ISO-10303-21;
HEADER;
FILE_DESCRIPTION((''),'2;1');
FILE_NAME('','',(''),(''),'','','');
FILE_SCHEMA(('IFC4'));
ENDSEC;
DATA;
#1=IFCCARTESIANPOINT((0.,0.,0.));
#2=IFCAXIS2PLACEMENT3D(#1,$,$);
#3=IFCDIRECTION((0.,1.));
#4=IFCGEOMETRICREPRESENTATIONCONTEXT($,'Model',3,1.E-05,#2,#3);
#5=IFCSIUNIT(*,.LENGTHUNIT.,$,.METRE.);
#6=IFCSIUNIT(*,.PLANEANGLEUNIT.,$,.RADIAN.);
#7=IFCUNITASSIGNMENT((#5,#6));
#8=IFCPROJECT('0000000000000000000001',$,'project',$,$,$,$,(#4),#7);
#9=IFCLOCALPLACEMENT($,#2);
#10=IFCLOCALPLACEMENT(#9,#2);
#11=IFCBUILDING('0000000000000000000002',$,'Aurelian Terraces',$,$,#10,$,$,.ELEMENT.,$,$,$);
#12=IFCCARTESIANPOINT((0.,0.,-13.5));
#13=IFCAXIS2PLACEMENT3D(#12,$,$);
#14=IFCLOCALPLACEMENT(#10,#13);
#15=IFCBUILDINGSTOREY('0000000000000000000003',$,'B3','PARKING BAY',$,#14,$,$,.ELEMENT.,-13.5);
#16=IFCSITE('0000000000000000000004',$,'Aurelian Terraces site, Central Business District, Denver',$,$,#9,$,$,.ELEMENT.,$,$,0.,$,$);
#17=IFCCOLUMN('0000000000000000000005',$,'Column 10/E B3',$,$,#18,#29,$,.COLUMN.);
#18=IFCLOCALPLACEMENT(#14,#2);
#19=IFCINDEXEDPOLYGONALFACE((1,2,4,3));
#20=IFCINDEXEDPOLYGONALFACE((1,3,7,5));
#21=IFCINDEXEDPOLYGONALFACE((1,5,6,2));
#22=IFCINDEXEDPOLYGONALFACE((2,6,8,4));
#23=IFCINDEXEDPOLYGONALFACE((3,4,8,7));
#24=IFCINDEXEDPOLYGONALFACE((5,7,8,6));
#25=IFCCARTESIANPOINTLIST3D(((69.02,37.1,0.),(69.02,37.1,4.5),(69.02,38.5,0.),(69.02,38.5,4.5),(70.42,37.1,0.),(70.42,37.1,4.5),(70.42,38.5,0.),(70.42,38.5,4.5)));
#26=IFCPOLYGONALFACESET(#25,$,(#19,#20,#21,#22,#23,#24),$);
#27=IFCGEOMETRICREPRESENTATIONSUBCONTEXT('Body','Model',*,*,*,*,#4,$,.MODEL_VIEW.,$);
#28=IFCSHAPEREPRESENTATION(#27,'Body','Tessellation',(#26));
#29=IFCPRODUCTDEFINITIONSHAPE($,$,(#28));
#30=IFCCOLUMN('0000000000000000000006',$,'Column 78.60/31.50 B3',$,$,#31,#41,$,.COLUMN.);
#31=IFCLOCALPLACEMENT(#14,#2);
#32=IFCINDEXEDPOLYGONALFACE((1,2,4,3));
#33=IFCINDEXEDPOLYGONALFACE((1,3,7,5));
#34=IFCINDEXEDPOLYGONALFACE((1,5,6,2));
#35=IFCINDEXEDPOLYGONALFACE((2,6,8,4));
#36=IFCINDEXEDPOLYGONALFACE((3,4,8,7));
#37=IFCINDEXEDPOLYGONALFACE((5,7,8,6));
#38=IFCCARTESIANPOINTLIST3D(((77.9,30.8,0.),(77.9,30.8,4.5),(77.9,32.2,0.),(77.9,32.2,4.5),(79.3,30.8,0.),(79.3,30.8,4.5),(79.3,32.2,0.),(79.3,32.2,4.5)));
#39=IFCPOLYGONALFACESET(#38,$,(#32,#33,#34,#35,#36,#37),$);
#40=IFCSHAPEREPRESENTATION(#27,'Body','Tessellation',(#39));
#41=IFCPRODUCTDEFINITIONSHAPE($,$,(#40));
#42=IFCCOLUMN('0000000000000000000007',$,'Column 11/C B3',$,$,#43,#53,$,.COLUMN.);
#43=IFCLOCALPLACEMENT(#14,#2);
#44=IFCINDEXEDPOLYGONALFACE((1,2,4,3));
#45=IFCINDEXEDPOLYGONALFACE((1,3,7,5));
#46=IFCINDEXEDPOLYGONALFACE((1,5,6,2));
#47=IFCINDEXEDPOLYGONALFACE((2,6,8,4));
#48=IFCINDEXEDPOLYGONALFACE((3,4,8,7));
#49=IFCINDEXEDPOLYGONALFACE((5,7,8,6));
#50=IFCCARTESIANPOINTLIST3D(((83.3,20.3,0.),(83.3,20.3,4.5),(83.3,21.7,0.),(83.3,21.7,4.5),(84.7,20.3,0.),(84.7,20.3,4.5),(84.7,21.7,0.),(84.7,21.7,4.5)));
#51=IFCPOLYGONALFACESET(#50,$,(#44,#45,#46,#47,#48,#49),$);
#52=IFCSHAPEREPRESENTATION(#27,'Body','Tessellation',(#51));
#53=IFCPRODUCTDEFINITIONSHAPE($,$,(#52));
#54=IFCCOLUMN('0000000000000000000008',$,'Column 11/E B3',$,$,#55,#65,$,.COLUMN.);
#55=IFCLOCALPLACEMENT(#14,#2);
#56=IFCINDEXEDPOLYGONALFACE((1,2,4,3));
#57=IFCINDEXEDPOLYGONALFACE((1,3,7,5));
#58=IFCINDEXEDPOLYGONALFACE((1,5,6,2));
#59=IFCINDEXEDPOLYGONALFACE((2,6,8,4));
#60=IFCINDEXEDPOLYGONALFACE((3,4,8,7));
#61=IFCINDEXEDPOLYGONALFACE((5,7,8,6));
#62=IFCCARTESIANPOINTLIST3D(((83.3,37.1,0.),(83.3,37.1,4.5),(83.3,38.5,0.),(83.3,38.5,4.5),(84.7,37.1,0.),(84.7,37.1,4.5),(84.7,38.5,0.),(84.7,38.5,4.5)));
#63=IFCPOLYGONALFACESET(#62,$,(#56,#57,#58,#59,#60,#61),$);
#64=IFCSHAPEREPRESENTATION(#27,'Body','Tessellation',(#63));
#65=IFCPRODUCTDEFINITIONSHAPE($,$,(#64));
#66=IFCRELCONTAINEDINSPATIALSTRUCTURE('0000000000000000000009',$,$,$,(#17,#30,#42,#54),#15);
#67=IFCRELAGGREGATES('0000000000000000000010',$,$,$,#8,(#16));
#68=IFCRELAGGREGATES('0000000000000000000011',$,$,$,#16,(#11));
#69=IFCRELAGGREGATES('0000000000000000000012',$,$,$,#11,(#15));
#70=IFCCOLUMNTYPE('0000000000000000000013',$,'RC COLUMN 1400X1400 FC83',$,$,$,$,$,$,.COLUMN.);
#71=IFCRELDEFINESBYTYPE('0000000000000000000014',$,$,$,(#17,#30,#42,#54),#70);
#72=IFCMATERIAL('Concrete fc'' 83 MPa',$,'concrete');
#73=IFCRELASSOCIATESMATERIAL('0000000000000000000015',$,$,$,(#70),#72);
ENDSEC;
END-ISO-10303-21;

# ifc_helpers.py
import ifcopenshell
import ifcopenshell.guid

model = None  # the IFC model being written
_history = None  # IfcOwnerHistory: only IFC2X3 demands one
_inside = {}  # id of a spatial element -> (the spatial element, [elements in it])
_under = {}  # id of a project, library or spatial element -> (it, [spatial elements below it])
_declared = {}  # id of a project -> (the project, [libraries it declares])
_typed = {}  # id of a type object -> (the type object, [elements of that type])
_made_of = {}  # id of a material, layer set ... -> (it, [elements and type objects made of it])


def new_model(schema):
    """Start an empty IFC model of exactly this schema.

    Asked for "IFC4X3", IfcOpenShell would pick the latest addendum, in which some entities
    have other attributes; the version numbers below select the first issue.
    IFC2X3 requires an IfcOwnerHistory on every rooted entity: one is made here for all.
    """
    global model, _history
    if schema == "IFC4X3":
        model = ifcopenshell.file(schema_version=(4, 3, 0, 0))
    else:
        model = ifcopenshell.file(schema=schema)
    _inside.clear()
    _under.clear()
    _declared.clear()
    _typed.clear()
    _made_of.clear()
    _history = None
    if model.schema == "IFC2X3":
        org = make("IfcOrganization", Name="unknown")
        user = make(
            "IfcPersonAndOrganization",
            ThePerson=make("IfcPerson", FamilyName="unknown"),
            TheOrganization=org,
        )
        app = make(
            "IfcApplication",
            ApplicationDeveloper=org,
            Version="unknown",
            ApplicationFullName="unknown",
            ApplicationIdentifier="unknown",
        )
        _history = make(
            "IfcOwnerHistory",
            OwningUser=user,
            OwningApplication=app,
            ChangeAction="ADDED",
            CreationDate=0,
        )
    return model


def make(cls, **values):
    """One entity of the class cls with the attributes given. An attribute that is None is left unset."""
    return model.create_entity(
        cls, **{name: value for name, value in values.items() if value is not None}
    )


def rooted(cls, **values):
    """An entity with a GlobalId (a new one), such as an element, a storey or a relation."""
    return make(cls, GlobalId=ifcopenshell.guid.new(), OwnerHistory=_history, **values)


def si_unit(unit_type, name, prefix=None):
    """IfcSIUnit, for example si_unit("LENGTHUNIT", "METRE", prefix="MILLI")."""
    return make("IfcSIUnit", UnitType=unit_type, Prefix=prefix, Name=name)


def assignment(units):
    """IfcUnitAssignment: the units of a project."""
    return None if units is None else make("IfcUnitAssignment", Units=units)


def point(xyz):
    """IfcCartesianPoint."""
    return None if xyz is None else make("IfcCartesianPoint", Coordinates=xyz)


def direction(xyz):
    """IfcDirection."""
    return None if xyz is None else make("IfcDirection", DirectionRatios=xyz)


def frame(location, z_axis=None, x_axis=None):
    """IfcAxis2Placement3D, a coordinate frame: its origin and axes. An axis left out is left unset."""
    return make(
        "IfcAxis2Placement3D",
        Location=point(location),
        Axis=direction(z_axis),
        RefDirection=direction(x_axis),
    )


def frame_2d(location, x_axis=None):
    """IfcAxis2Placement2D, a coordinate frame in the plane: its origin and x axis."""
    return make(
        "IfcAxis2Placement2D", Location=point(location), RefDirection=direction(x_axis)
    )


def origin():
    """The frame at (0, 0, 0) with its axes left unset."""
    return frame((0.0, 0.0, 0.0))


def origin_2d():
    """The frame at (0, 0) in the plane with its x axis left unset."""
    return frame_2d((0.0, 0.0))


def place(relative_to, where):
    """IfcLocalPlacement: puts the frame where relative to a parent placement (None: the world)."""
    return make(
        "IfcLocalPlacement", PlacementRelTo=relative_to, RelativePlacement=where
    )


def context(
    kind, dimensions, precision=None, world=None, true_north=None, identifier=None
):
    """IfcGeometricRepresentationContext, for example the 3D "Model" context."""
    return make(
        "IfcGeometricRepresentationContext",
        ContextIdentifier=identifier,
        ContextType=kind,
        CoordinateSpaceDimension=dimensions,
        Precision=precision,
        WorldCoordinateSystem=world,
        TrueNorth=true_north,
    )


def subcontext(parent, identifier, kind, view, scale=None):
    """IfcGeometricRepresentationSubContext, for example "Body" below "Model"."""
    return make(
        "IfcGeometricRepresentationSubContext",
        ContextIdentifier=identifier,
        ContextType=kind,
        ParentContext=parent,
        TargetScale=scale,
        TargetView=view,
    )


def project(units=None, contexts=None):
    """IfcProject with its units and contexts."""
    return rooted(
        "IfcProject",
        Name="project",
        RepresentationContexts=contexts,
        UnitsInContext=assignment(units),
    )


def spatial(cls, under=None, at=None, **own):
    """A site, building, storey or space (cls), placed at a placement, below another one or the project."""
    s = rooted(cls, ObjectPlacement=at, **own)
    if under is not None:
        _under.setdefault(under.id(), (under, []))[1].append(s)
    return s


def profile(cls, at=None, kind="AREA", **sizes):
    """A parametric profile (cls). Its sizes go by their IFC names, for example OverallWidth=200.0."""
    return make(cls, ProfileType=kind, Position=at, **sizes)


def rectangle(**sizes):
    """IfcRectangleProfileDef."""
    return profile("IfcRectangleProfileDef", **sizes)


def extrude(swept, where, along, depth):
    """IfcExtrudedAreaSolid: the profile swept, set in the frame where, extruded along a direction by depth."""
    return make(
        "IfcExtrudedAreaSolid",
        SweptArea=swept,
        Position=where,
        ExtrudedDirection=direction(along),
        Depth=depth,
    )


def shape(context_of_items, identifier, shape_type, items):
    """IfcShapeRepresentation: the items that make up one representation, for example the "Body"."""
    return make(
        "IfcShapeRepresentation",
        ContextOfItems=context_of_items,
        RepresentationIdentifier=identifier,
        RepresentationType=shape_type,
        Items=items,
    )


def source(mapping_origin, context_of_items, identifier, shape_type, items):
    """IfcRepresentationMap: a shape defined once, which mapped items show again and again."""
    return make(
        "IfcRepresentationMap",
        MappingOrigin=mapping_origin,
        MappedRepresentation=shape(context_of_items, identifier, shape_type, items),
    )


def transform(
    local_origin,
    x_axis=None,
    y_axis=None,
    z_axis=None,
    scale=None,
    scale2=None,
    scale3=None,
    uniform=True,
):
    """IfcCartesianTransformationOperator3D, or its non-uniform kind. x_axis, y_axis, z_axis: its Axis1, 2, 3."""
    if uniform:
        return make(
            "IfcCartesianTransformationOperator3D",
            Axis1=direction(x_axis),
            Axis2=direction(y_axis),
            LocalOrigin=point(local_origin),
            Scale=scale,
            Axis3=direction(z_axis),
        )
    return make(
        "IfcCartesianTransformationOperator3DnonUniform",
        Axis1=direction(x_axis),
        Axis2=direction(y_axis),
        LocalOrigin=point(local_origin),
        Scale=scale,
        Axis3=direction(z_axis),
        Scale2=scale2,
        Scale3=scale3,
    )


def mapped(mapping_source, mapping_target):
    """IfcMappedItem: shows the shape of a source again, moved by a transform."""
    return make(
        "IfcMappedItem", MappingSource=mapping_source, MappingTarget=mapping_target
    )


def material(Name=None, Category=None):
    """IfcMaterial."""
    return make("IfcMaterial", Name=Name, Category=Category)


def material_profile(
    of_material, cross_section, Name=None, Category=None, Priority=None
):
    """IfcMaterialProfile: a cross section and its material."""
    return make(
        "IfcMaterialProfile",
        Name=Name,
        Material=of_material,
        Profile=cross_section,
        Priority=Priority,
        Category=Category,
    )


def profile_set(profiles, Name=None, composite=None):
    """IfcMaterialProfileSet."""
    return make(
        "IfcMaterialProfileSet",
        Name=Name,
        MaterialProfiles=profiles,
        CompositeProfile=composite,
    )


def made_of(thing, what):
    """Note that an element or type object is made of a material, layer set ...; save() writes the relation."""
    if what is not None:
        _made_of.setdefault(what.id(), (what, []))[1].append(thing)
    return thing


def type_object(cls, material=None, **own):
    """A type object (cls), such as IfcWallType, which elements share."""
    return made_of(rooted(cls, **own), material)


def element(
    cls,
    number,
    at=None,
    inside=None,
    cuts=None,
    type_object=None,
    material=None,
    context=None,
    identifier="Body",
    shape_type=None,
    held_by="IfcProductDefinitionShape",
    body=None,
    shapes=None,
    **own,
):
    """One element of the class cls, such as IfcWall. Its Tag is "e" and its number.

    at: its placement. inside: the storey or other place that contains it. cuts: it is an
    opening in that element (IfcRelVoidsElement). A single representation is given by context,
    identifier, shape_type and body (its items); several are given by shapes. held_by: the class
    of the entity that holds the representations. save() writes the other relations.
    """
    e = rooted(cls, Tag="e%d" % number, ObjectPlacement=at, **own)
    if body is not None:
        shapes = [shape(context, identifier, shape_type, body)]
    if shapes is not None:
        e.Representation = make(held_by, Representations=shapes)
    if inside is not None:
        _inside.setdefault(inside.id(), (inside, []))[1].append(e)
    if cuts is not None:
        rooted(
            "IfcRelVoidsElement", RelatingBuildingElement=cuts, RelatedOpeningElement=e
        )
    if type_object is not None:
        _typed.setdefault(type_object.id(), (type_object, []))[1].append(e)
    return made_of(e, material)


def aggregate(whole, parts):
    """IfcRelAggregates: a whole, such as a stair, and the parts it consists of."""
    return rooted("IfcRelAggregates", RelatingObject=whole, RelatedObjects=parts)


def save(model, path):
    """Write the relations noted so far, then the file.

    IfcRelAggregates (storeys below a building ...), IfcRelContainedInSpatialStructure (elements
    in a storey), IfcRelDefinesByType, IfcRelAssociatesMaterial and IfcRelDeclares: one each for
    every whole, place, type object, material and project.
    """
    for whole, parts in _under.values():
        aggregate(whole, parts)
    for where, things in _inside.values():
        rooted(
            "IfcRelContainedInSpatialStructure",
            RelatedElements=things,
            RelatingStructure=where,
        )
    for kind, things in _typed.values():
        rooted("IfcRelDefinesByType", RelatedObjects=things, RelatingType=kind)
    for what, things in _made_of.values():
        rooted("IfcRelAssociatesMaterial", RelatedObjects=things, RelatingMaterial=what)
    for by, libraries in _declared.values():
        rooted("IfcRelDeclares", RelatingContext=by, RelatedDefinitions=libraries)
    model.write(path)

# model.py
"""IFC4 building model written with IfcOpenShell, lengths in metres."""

from ifc_helpers import new_model, si_unit, direction, frame, origin, origin_2d, place, context, subcontext, project, spatial, rectangle, extrude, source, transform, mapped, material, material_profile, profile_set, type_object, element, save


model = new_model("IFC4")

# Units and contexts
model_context = context("Model", 3, precision=1e-05, world=origin(), true_north=direction((0.0, 1.0)))
body_context = subcontext(model_context, "Body", "Model", "MODEL_VIEW")
ifc_project = project(units=[si_unit("LENGTHUNIT", "METRE"), si_unit("PLANEANGLEUNIT", "RADIAN")], contexts=[model_context])

# Site, building, storey
site_placement = place(None, origin())
site = spatial("IfcSite", under=ifc_project, at=site_placement, Name="Aurelian Terraces site, Central Business District, Denver", CompositionType="ELEMENT", RefElevation=0.0)
building_placement = place(site_placement, origin())
building = spatial("IfcBuilding", under=site, at=building_placement, Name="Aurelian Terraces", CompositionType="ELEMENT")
storey_placement = place(building_placement, frame((0.0, 0.0, -13.5)))
storey = spatial("IfcBuildingStorey", under=building, at=storey_placement, Name="B3", Description="PARKING BAY", CompositionType="ELEMENT", Elevation=-13.5)

# Columns
ifc_material_1 = material(Name="Concrete fc' 83 MPa", Category="concrete")
ifc_material_profile_1 = material_profile(ifc_material_1, rectangle(XDim=1.4, YDim=1.4, at=origin_2d()))
ifc_profile_set_1 = profile_set([ifc_material_profile_1], Name="Concrete fc' 83 MPa")
column_type = type_object("IfcColumnType", Name="RC COLUMN 1400X1400 FC83", PredefinedType="COLUMN", material=ifc_profile_set_1)
shared_shape_1 = source(origin(), body_context, "Body", "SweptSolid", [
    extrude(rectangle(XDim=1.4, YDim=1.4, at=origin_2d()), origin(), (0.0, 0.0, 1.0), 4.5),
])
for number, where, z_axis, x_axis, name in (
    (1, (69.72, 37.8, 0.0), (0.0, 0.0, 1.0), (1.0, 0.0, 0.0), "Column 10/E B3"),
    (2, (78.6, 31.5, 0.0), (0.0, 0.0, 1.0), (1.0, 0.0, 0.0), "Column 78.60/31.50 B3"),
    (3, (84.0, 21.0, 0.0), (0.0, 0.0, 1.0), (1.0, 0.0, 0.0), "Column 11/C B3"),
    (4, (84.0, 37.8, 0.0), (0.0, 0.0, 1.0), (1.0, 0.0, 0.0), "Column 11/E B3"),
):
    element("IfcColumn", number, at=place(storey_placement, frame(where, z_axis=z_axis, x_axis=x_axis)), inside=storey, type_object=column_type, Name=name, PredefinedType="COLUMN", context=body_context, shape_type="MappedRepresentation", body=[
        mapped(shared_shape_1, transform((0.0, 0.0, 0.0), scale=1.0)),
    ])

save(model, "model.ifc")
